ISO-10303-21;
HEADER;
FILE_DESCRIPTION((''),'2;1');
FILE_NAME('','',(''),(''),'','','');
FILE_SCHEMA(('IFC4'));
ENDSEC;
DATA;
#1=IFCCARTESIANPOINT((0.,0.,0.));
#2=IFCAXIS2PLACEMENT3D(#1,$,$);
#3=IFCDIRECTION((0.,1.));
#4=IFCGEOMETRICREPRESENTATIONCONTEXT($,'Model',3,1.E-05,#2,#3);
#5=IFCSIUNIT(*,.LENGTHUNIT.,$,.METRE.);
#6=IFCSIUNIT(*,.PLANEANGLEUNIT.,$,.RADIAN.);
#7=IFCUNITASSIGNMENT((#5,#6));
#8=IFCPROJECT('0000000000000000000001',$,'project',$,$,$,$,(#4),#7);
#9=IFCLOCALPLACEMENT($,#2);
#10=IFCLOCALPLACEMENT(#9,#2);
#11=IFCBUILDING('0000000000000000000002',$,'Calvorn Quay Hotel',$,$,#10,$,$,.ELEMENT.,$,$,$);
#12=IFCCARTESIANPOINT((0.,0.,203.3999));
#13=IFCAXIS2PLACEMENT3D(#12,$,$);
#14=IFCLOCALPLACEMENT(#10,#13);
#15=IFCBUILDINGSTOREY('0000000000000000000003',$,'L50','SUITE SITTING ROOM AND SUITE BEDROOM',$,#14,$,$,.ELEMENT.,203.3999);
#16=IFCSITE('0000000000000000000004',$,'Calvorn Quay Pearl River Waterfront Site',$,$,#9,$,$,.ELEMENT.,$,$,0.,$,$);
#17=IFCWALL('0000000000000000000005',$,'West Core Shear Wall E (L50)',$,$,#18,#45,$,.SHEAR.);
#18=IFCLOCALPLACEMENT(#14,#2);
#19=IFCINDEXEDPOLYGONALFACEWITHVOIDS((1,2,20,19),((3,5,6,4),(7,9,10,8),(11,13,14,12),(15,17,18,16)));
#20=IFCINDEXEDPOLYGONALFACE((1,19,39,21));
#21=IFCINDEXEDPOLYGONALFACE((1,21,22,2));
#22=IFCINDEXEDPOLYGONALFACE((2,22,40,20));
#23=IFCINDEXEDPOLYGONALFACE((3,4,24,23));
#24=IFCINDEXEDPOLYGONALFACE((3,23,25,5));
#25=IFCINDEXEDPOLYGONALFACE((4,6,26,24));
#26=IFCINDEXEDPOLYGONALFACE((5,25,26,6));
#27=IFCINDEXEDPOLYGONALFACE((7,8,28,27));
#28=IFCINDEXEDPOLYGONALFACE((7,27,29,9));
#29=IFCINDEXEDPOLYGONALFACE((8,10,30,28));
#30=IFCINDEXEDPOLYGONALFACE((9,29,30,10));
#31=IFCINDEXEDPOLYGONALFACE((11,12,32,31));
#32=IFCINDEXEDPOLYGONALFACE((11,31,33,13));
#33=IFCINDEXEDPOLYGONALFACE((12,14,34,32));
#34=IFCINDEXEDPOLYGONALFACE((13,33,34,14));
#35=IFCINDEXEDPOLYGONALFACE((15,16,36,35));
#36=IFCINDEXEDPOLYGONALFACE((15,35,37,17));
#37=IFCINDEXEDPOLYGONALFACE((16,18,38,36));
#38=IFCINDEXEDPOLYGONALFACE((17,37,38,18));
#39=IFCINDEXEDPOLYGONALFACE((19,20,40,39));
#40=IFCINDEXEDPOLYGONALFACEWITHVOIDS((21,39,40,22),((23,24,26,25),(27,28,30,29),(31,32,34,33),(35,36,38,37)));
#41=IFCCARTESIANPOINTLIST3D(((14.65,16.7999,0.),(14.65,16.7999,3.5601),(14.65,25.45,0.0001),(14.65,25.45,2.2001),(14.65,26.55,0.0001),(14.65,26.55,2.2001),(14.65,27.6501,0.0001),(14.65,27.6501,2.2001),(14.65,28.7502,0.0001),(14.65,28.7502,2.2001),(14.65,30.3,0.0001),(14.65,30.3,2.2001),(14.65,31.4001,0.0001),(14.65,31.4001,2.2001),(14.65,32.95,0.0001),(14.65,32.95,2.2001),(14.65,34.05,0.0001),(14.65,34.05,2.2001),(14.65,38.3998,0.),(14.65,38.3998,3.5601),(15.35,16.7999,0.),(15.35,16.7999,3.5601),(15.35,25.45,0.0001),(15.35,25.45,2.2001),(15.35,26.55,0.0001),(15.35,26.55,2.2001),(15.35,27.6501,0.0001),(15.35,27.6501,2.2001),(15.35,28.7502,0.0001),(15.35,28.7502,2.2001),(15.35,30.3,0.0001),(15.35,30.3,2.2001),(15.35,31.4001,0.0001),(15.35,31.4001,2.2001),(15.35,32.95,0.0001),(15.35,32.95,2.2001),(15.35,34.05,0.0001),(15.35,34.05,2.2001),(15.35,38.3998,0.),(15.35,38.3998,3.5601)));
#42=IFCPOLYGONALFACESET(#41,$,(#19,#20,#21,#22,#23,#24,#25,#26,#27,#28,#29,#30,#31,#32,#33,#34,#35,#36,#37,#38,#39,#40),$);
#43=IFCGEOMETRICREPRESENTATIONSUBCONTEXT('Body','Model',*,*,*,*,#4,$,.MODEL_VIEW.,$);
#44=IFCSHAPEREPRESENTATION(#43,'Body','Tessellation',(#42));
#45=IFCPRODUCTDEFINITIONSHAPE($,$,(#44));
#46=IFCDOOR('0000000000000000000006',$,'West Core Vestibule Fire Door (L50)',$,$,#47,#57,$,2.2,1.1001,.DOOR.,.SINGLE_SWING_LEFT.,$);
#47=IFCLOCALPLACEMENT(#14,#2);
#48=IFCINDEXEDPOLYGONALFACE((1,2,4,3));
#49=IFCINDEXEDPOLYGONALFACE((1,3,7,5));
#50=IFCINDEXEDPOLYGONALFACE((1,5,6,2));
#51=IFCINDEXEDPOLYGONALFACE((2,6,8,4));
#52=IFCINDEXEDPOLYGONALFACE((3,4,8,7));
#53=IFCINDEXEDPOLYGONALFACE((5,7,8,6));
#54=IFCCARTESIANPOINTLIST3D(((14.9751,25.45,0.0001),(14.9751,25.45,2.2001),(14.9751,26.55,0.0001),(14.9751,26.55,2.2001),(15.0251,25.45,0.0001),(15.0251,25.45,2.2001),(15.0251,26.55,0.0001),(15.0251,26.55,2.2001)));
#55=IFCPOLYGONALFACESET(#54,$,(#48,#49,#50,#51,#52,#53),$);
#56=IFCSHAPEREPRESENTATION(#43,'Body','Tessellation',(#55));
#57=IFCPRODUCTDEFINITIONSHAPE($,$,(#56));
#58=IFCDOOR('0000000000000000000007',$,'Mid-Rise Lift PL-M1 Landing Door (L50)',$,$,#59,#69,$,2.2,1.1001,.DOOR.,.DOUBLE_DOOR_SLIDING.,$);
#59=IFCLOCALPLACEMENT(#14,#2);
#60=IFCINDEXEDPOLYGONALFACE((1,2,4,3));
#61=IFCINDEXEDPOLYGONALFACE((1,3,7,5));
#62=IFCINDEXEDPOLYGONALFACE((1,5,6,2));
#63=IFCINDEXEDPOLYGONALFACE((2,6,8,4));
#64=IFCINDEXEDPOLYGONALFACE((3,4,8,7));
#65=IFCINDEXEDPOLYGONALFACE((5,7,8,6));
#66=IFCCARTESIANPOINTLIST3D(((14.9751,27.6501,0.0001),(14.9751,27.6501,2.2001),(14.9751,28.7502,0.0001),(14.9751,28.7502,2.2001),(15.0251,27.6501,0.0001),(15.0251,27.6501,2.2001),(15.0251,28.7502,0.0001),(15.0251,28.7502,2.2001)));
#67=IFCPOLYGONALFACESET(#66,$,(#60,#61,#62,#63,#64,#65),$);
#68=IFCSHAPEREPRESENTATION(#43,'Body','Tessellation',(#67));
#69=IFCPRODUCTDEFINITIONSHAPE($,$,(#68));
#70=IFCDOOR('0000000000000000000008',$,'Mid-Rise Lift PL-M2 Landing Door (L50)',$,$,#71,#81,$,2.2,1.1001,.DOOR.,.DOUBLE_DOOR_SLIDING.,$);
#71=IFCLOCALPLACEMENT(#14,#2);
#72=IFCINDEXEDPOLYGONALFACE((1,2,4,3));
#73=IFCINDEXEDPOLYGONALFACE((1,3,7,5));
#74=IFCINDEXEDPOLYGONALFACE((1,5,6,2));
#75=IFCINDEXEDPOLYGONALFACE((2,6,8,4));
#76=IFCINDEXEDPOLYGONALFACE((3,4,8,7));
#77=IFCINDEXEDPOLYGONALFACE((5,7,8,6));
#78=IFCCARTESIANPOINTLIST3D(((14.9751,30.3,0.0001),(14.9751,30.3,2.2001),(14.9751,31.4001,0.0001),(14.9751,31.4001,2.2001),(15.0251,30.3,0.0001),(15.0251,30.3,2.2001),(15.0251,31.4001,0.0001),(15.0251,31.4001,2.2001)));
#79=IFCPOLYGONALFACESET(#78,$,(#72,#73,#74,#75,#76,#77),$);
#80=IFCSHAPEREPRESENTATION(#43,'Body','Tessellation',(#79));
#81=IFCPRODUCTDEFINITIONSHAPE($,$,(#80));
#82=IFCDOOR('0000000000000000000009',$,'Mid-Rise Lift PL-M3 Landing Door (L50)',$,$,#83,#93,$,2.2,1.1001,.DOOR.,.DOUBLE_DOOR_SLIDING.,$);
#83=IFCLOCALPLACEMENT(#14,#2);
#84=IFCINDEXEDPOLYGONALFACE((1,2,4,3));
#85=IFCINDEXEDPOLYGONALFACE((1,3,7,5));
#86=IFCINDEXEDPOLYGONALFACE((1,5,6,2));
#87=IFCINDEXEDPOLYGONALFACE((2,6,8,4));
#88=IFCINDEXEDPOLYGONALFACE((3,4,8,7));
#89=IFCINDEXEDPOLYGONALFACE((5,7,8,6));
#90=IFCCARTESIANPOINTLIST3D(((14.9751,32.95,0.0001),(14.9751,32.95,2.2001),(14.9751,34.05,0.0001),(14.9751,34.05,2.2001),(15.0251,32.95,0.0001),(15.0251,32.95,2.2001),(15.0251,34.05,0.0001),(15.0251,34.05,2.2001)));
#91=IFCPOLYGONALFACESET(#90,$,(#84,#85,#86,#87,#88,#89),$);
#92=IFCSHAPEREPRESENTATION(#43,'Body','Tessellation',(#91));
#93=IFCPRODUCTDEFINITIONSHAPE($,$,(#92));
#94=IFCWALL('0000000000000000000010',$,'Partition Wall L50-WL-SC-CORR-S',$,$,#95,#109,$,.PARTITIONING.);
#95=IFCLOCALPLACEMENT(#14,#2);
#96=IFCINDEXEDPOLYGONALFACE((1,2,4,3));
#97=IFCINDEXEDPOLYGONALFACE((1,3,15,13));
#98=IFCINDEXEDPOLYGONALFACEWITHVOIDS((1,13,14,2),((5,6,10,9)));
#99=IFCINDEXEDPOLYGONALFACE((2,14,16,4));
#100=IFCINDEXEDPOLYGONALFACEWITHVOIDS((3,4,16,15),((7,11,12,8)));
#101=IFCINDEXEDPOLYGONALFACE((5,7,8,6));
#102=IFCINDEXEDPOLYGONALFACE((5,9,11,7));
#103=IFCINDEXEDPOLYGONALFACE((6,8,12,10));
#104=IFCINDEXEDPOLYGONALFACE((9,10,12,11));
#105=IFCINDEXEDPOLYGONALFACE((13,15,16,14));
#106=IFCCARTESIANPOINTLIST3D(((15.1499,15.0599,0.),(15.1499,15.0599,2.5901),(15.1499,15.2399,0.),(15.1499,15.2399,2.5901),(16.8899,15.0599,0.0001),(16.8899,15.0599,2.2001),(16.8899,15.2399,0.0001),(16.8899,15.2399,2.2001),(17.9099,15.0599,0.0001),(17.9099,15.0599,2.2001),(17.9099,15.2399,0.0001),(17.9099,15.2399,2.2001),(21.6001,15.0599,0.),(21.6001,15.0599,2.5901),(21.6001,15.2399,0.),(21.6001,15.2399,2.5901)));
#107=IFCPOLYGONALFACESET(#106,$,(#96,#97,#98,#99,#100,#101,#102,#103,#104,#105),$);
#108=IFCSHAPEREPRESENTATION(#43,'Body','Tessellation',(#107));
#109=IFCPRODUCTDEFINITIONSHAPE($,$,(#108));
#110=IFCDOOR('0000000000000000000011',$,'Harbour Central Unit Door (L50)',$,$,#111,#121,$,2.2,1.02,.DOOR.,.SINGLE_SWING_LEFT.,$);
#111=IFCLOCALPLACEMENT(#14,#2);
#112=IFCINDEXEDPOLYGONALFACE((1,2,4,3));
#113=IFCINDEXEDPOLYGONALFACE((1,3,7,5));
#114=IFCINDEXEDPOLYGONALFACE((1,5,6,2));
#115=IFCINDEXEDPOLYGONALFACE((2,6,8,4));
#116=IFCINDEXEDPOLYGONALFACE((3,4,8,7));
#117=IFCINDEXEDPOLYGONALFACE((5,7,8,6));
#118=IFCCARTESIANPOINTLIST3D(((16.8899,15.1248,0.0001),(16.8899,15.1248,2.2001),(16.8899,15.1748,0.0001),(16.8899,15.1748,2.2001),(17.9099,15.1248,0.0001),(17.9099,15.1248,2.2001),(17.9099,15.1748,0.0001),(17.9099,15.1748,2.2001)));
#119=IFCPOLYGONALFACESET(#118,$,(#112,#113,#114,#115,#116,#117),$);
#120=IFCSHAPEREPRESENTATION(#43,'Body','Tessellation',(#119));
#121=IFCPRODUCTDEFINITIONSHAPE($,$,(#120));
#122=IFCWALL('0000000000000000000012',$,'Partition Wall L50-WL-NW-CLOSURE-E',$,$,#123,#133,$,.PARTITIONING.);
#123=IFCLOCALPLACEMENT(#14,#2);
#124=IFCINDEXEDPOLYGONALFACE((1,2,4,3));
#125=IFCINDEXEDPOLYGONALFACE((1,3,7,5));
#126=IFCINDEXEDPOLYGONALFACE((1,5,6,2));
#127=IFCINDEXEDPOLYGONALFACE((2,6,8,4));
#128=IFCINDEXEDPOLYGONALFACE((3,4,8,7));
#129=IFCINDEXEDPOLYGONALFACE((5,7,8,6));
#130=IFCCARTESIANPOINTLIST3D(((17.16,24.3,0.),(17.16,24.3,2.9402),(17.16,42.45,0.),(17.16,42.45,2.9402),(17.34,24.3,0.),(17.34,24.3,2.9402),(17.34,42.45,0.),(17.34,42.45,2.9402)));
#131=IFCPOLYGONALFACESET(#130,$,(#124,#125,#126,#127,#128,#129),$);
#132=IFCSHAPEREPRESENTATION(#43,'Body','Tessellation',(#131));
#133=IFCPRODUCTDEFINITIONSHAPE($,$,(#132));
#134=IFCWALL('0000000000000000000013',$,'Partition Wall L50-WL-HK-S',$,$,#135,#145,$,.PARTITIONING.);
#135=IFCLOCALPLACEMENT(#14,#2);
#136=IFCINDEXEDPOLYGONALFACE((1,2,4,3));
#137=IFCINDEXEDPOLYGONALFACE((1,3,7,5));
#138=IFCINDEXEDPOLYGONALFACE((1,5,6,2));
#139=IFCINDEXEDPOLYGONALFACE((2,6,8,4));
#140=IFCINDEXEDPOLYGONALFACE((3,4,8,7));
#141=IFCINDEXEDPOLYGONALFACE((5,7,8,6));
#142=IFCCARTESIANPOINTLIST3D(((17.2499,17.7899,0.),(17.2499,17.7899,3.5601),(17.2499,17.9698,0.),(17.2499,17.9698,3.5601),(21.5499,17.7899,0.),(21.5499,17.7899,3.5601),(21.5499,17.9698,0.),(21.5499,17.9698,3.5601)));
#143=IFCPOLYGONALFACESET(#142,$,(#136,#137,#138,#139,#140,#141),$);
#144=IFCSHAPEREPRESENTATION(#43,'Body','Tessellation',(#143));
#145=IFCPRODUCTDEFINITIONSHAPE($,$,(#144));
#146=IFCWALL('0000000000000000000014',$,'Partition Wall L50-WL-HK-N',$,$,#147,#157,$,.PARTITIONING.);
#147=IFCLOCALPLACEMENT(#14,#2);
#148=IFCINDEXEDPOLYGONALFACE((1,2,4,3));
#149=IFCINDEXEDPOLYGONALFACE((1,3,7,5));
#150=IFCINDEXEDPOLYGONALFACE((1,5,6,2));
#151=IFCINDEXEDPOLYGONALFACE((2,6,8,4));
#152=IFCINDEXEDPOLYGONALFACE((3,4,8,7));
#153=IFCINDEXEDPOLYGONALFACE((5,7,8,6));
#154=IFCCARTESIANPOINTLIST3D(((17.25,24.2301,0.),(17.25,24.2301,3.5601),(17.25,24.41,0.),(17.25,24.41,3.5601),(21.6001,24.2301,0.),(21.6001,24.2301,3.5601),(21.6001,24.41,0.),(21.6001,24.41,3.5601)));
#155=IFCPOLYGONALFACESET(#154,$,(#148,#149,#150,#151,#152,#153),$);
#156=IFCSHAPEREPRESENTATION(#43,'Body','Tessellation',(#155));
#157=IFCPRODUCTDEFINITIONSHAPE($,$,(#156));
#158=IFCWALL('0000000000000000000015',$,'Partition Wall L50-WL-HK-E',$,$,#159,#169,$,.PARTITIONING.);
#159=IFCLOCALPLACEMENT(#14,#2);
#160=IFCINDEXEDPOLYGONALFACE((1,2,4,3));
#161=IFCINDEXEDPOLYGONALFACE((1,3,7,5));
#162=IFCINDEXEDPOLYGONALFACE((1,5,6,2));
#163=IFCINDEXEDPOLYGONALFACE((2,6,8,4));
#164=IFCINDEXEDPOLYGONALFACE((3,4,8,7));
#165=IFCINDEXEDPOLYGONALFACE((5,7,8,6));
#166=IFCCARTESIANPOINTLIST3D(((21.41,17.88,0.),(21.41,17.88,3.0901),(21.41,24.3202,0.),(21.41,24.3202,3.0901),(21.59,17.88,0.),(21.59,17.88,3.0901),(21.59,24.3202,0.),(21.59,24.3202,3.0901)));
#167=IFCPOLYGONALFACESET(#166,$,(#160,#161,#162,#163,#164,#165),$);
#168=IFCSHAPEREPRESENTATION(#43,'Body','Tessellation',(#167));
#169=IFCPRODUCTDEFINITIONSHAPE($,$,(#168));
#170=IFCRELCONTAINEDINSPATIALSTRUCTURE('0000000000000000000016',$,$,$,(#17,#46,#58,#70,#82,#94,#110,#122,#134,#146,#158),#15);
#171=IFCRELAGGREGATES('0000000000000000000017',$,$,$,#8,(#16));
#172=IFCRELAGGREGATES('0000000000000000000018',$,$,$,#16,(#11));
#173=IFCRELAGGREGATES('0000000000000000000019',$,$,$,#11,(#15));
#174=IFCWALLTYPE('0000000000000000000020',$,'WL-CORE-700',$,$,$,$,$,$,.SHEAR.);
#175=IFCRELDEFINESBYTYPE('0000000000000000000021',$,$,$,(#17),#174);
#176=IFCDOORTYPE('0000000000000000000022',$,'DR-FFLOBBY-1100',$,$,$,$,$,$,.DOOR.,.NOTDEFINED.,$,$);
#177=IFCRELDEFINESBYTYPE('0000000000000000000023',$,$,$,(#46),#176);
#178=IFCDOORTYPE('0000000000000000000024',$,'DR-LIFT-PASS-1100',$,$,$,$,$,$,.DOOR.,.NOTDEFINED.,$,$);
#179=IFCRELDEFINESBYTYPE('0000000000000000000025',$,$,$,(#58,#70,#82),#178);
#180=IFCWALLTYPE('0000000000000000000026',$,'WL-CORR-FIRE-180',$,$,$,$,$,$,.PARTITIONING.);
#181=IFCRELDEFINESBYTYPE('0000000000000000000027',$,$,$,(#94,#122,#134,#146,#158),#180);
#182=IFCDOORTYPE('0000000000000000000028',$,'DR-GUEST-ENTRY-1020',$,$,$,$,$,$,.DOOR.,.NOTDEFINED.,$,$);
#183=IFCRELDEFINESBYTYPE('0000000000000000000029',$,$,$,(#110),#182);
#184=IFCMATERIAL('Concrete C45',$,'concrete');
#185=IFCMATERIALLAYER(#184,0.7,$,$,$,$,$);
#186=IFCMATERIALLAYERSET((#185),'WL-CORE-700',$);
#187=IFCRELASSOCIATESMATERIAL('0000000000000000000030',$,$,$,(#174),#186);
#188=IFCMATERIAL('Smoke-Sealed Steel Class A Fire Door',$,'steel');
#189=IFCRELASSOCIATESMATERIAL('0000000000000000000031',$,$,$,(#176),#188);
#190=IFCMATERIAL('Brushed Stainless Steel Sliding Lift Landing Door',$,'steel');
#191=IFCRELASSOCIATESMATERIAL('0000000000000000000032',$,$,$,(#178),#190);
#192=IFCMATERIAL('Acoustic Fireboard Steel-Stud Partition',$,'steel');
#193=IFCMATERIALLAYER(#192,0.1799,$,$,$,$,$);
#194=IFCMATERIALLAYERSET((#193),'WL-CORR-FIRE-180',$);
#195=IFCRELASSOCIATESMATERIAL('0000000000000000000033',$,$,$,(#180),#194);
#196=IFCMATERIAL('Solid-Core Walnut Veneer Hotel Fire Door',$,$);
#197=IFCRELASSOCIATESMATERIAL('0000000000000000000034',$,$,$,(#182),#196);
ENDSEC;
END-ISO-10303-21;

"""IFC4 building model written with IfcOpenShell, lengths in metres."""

from ifc_helpers import new_model, si_unit, direction, frame, frame_2d, origin, place, context, subcontext, project, spatial, rectangle, extrude, material, layer, layer_set, type_object, element, fill, save


model = new_model("IFC4")

# Units and contexts
model_context = context("Model", 3, precision=1e-05, world=origin(), true_north=direction((0.0, 1.0)))
body_context = subcontext(model_context, "Body", "Model", "MODEL_VIEW")
ifc_project = project(units=[si_unit("LENGTHUNIT", "METRE"), si_unit("PLANEANGLEUNIT", "RADIAN")], contexts=[model_context])

# Site, building, storey
site_placement = place(None, origin())
site = spatial("IfcSite", under=ifc_project, at=site_placement, Name="Calvorn Quay Pearl River Waterfront Site", CompositionType="ELEMENT", RefElevation=0.0)
building_placement = place(site_placement, origin())
building = spatial("IfcBuilding", under=site, at=building_placement, Name="Calvorn Quay Hotel", CompositionType="ELEMENT")
storey_placement = place(building_placement, frame((0.0, 0.0, 203.3999)))
storey = spatial("IfcBuildingStorey", under=building, at=storey_placement, Name="L50", Description="SUITE SITTING ROOM AND SUITE BEDROOM", CompositionType="ELEMENT", Elevation=203.3999)

# Wall, openings, doors
ifc_material_1 = material(Name="Concrete C45", Category="concrete")
ifc_layer_1 = layer(ifc_material_1, 0.7)
ifc_layer_set_1 = layer_set([ifc_layer_1], Name="WL-CORE-700")
wall_type_1 = type_object("IfcWallType", Name="WL-CORE-700", PredefinedType="SHEAR", material=ifc_layer_set_1)
wall_1_placement = place(storey_placement, frame((15.0, 16.8, 0.0), z_axis=(0.0, 0.0, 1.0), x_axis=(0.0, 1.0, 0.0)))
wall_1 = element("IfcWall", 1, at=wall_1_placement, inside=storey, type_object=wall_type_1, Name="West Core Shear Wall E (L50)", PredefinedType="SHEAR", context=body_context, shape_type="SweptSolid", body=[
    extrude(rectangle(XDim=21.5999, YDim=0.7, at=frame_2d((10.7998, 0.0))), origin(), (0.0, 0.0, 1.0), 3.5601),
])
opening_1_placement = place(wall_1_placement, frame((8.6499, 0.0, 0.0)))
opening_1 = element("IfcOpeningElement", 2, at=opening_1_placement, cuts=wall_1, PredefinedType="OPENING", context=body_context, shape_type="SweptSolid", body=[
    extrude(rectangle(XDim=1.1001, YDim=2.2, at=frame_2d((0.55, 1.1001))), frame((0.0, 0.3599, 0.0), z_axis=(0.0, -1.0, 0.0), x_axis=(1.0, 0.0, 0.0)), (0.0, 0.0, 1.0), 0.72),
])
opening_2_placement = place(wall_1_placement, frame((10.8501, 0.0, 0.0)))
opening_2 = element("IfcOpeningElement", 3, at=opening_2_placement, cuts=wall_1, PredefinedType="OPENING", context=body_context, shape_type="SweptSolid", body=[
    extrude(rectangle(XDim=1.1001, YDim=2.2, at=frame_2d((0.55, 1.1001))), frame((0.0, 0.3599, 0.0), z_axis=(0.0, -1.0, 0.0), x_axis=(1.0, 0.0, 0.0)), (0.0, 0.0, 1.0), 0.72),
])
opening_3_placement = place(wall_1_placement, frame((13.5, 0.0, 0.0)))
opening_3 = element("IfcOpeningElement", 4, at=opening_3_placement, cuts=wall_1, PredefinedType="OPENING", context=body_context, shape_type="SweptSolid", body=[
    extrude(rectangle(XDim=1.1001, YDim=2.2, at=frame_2d((0.55, 1.1001))), frame((0.0, 0.3599, 0.0), z_axis=(0.0, -1.0, 0.0), x_axis=(1.0, 0.0, 0.0)), (0.0, 0.0, 1.0), 0.72),
])
opening_4_placement = place(wall_1_placement, frame((16.1499, 0.0, 0.0)))
opening_4 = element("IfcOpeningElement", 5, at=opening_4_placement, cuts=wall_1, PredefinedType="OPENING", context=body_context, shape_type="SweptSolid", body=[
    extrude(rectangle(XDim=1.1001, YDim=2.2, at=frame_2d((0.55, 1.1001))), frame((0.0, 0.3599, 0.0), z_axis=(0.0, -1.0, 0.0), x_axis=(1.0, 0.0, 0.0)), (0.0, 0.0, 1.0), 0.72),
])
ifc_material_2 = material(Name="Smoke-Sealed Steel Class A Fire Door", Category="steel")
door_type_1 = type_object("IfcDoorType", Name="DR-FFLOBBY-1100", OperationType="NOTDEFINED", PredefinedType="DOOR", material=ifc_material_2)
door_1_placement = place(opening_1_placement, origin())
door_1 = element("IfcDoor", 6, at=door_1_placement, inside=storey, type_object=door_type_1, Name="West Core Vestibule Fire Door (L50)", OperationType="SINGLE_SWING_LEFT", OverallHeight=2.2, OverallWidth=1.1001, PredefinedType="DOOR", context=body_context, shape_type="SweptSolid", body=[
    extrude(rectangle(XDim=1.1001, YDim=2.2, at=frame_2d((0.55, 1.1001))), frame((0.0, 0.0249, 0.0), z_axis=(0.0, -1.0, 0.0), x_axis=(1.0, 0.0, 0.0)), (0.0, 0.0, 1.0), 0.05),
])
fill(opening_1, door_1)
ifc_material_3 = material(Name="Brushed Stainless Steel Sliding Lift Landing Door", Category="steel")
door_type_2 = type_object("IfcDoorType", Name="DR-LIFT-PASS-1100", OperationType="NOTDEFINED", PredefinedType="DOOR", material=ifc_material_3)
door_2_placement = place(opening_2_placement, origin())
door_2 = element("IfcDoor", 7, at=door_2_placement, inside=storey, type_object=door_type_2, Name="Mid-Rise Lift PL-M1 Landing Door (L50)", OperationType="DOUBLE_DOOR_SLIDING", OverallHeight=2.2, OverallWidth=1.1001, PredefinedType="DOOR", context=body_context, shape_type="SweptSolid", body=[
    extrude(rectangle(XDim=1.1001, YDim=2.2, at=frame_2d((0.55, 1.1001))), frame((0.0, 0.0249, 0.0), z_axis=(0.0, -1.0, 0.0), x_axis=(1.0, 0.0, 0.0)), (0.0, 0.0, 1.0), 0.05),
])
fill(opening_2, door_2)
door_3_placement = place(opening_3_placement, origin())
door_3 = element("IfcDoor", 8, at=door_3_placement, inside=storey, type_object=door_type_2, Name="Mid-Rise Lift PL-M2 Landing Door (L50)", OperationType="DOUBLE_DOOR_SLIDING", OverallHeight=2.2, OverallWidth=1.1001, PredefinedType="DOOR", context=body_context, shape_type="SweptSolid", body=[
    extrude(rectangle(XDim=1.1001, YDim=2.2, at=frame_2d((0.55, 1.1001))), frame((0.0, 0.0249, 0.0), z_axis=(0.0, -1.0, 0.0), x_axis=(1.0, 0.0, 0.0)), (0.0, 0.0, 1.0), 0.05),
])
fill(opening_3, door_3)
door_4_placement = place(opening_4_placement, origin())
door_4 = element("IfcDoor", 9, at=door_4_placement, inside=storey, type_object=door_type_2, Name="Mid-Rise Lift PL-M3 Landing Door (L50)", OperationType="DOUBLE_DOOR_SLIDING", OverallHeight=2.2, OverallWidth=1.1001, PredefinedType="DOOR", context=body_context, shape_type="SweptSolid", body=[
    extrude(rectangle(XDim=1.1001, YDim=2.2, at=frame_2d((0.55, 1.1001))), frame((0.0, 0.0249, 0.0), z_axis=(0.0, -1.0, 0.0), x_axis=(1.0, 0.0, 0.0)), (0.0, 0.0, 1.0), 0.05),
])
fill(opening_4, door_4)

# Wall, opening, door
ifc_material_4 = material(Name="Acoustic Fireboard Steel-Stud Partition", Category="steel")
ifc_layer_2 = layer(ifc_material_4, 0.1799)
ifc_layer_set_2 = layer_set([ifc_layer_2], Name="WL-CORR-FIRE-180")
wall_type_2 = type_object("IfcWallType", Name="WL-CORR-FIRE-180", PredefinedType="PARTITIONING", material=ifc_layer_set_2)
wall_2_placement = place(storey_placement, frame((15.1499, 15.1499, 0.0), z_axis=(0.0, 0.0, 1.0), x_axis=(1.0, 0.0, 0.0)))
wall_2 = element("IfcWall", 10, at=wall_2_placement, inside=storey, type_object=wall_type_2, Name="Partition Wall L50-WL-SC-CORR-S", PredefinedType="PARTITIONING", context=body_context, shape_type="SweptSolid", body=[
    extrude(rectangle(XDim=6.4502, YDim=0.1799, at=frame_2d((3.2251, 0.0))), origin(), (0.0, 0.0, 1.0), 2.5901),
])
opening_5_placement = place(wall_2_placement, frame((1.74, 0.0, 0.0)))
opening_5 = element("IfcOpeningElement", 11, at=opening_5_placement, cuts=wall_2, PredefinedType="OPENING", context=body_context, shape_type="SweptSolid", body=[
    extrude(rectangle(XDim=1.02, YDim=2.2, at=frame_2d((0.51, 1.1001))), frame((0.0, 0.0999, 0.0), z_axis=(0.0, -1.0, 0.0), x_axis=(1.0, 0.0, 0.0)), (0.0, 0.0, 1.0), 0.2),
])
ifc_material_5 = material(Name="Solid-Core Walnut Veneer Hotel Fire Door")
door_type_3 = type_object("IfcDoorType", Name="DR-GUEST-ENTRY-1020", OperationType="NOTDEFINED", PredefinedType="DOOR", material=ifc_material_5)
door_5_placement = place(opening_5_placement, origin())
door_5 = element("IfcDoor", 12, at=door_5_placement, inside=storey, type_object=door_type_3, Name="Harbour Central Unit Door (L50)", OperationType="SINGLE_SWING_LEFT", OverallHeight=2.2, OverallWidth=1.02, PredefinedType="DOOR", context=body_context, shape_type="SweptSolid", body=[
    extrude(rectangle(XDim=1.02, YDim=2.2, at=frame_2d((0.51, 1.1001))), frame((0.0, 0.0249, 0.0), z_axis=(0.0, -1.0, 0.0), x_axis=(1.0, 0.0, 0.0)), (0.0, 0.0, 1.0), 0.05),
])
fill(opening_5, door_5)

# Walls
wall_3_placement = place(storey_placement, frame((17.25, 24.3, 0.0), z_axis=(0.0, 0.0, 1.0), x_axis=(0.0, 1.0, 0.0)))
element("IfcWall", 13, at=wall_3_placement, inside=storey, type_object=wall_type_2, Name="Partition Wall L50-WL-NW-CLOSURE-E", PredefinedType="PARTITIONING", context=body_context, shape_type="SweptSolid", body=[
    extrude(rectangle(XDim=18.1499, YDim=0.1799, at=frame_2d((9.075, 0.0))), origin(), (0.0, 0.0, 1.0), 2.9402),
])
wall_4_placement = place(storey_placement, frame((17.25, 17.8799, 0.0), z_axis=(0.0, 0.0, 1.0), x_axis=(1.0, 0.0, 0.0)))
element("IfcWall", 14, at=wall_4_placement, inside=storey, type_object=wall_type_2, Name="Partition Wall L50-WL-HK-S", PredefinedType="PARTITIONING", context=body_context, shape_type="SweptSolid", body=[
    extrude(rectangle(XDim=4.3, YDim=0.1799, at=frame_2d((2.1499, 0.0))), origin(), (0.0, 0.0, 1.0), 3.5601),
])
wall_5_placement = place(storey_placement, frame((17.25, 24.3201, 0.0), z_axis=(0.0, 0.0, 1.0), x_axis=(1.0, 0.0, 0.0)))
element("IfcWall", 15, at=wall_5_placement, inside=storey, type_object=wall_type_2, Name="Partition Wall L50-WL-HK-N", PredefinedType="PARTITIONING", context=body_context, shape_type="SweptSolid", body=[
    extrude(rectangle(XDim=4.3501, YDim=0.1799, at=frame_2d((2.175, 0.0))), origin(), (0.0, 0.0, 1.0), 3.5601),
])
wall_6_placement = place(storey_placement, frame((21.5, 17.8799, 0.0), z_axis=(0.0, 0.0, 1.0), x_axis=(0.0, 1.0, 0.0)))
element("IfcWall", 16, at=wall_6_placement, inside=storey, type_object=wall_type_2, Name="Partition Wall L50-WL-HK-E", PredefinedType="PARTITIONING", context=body_context, shape_type="SweptSolid", body=[
    extrude(rectangle(XDim=6.4402, YDim=0.1799, at=frame_2d((3.2202, 0.0))), origin(), (0.0, 0.0, 1.0), 3.0901),
])

save(model, "model.ifc")
